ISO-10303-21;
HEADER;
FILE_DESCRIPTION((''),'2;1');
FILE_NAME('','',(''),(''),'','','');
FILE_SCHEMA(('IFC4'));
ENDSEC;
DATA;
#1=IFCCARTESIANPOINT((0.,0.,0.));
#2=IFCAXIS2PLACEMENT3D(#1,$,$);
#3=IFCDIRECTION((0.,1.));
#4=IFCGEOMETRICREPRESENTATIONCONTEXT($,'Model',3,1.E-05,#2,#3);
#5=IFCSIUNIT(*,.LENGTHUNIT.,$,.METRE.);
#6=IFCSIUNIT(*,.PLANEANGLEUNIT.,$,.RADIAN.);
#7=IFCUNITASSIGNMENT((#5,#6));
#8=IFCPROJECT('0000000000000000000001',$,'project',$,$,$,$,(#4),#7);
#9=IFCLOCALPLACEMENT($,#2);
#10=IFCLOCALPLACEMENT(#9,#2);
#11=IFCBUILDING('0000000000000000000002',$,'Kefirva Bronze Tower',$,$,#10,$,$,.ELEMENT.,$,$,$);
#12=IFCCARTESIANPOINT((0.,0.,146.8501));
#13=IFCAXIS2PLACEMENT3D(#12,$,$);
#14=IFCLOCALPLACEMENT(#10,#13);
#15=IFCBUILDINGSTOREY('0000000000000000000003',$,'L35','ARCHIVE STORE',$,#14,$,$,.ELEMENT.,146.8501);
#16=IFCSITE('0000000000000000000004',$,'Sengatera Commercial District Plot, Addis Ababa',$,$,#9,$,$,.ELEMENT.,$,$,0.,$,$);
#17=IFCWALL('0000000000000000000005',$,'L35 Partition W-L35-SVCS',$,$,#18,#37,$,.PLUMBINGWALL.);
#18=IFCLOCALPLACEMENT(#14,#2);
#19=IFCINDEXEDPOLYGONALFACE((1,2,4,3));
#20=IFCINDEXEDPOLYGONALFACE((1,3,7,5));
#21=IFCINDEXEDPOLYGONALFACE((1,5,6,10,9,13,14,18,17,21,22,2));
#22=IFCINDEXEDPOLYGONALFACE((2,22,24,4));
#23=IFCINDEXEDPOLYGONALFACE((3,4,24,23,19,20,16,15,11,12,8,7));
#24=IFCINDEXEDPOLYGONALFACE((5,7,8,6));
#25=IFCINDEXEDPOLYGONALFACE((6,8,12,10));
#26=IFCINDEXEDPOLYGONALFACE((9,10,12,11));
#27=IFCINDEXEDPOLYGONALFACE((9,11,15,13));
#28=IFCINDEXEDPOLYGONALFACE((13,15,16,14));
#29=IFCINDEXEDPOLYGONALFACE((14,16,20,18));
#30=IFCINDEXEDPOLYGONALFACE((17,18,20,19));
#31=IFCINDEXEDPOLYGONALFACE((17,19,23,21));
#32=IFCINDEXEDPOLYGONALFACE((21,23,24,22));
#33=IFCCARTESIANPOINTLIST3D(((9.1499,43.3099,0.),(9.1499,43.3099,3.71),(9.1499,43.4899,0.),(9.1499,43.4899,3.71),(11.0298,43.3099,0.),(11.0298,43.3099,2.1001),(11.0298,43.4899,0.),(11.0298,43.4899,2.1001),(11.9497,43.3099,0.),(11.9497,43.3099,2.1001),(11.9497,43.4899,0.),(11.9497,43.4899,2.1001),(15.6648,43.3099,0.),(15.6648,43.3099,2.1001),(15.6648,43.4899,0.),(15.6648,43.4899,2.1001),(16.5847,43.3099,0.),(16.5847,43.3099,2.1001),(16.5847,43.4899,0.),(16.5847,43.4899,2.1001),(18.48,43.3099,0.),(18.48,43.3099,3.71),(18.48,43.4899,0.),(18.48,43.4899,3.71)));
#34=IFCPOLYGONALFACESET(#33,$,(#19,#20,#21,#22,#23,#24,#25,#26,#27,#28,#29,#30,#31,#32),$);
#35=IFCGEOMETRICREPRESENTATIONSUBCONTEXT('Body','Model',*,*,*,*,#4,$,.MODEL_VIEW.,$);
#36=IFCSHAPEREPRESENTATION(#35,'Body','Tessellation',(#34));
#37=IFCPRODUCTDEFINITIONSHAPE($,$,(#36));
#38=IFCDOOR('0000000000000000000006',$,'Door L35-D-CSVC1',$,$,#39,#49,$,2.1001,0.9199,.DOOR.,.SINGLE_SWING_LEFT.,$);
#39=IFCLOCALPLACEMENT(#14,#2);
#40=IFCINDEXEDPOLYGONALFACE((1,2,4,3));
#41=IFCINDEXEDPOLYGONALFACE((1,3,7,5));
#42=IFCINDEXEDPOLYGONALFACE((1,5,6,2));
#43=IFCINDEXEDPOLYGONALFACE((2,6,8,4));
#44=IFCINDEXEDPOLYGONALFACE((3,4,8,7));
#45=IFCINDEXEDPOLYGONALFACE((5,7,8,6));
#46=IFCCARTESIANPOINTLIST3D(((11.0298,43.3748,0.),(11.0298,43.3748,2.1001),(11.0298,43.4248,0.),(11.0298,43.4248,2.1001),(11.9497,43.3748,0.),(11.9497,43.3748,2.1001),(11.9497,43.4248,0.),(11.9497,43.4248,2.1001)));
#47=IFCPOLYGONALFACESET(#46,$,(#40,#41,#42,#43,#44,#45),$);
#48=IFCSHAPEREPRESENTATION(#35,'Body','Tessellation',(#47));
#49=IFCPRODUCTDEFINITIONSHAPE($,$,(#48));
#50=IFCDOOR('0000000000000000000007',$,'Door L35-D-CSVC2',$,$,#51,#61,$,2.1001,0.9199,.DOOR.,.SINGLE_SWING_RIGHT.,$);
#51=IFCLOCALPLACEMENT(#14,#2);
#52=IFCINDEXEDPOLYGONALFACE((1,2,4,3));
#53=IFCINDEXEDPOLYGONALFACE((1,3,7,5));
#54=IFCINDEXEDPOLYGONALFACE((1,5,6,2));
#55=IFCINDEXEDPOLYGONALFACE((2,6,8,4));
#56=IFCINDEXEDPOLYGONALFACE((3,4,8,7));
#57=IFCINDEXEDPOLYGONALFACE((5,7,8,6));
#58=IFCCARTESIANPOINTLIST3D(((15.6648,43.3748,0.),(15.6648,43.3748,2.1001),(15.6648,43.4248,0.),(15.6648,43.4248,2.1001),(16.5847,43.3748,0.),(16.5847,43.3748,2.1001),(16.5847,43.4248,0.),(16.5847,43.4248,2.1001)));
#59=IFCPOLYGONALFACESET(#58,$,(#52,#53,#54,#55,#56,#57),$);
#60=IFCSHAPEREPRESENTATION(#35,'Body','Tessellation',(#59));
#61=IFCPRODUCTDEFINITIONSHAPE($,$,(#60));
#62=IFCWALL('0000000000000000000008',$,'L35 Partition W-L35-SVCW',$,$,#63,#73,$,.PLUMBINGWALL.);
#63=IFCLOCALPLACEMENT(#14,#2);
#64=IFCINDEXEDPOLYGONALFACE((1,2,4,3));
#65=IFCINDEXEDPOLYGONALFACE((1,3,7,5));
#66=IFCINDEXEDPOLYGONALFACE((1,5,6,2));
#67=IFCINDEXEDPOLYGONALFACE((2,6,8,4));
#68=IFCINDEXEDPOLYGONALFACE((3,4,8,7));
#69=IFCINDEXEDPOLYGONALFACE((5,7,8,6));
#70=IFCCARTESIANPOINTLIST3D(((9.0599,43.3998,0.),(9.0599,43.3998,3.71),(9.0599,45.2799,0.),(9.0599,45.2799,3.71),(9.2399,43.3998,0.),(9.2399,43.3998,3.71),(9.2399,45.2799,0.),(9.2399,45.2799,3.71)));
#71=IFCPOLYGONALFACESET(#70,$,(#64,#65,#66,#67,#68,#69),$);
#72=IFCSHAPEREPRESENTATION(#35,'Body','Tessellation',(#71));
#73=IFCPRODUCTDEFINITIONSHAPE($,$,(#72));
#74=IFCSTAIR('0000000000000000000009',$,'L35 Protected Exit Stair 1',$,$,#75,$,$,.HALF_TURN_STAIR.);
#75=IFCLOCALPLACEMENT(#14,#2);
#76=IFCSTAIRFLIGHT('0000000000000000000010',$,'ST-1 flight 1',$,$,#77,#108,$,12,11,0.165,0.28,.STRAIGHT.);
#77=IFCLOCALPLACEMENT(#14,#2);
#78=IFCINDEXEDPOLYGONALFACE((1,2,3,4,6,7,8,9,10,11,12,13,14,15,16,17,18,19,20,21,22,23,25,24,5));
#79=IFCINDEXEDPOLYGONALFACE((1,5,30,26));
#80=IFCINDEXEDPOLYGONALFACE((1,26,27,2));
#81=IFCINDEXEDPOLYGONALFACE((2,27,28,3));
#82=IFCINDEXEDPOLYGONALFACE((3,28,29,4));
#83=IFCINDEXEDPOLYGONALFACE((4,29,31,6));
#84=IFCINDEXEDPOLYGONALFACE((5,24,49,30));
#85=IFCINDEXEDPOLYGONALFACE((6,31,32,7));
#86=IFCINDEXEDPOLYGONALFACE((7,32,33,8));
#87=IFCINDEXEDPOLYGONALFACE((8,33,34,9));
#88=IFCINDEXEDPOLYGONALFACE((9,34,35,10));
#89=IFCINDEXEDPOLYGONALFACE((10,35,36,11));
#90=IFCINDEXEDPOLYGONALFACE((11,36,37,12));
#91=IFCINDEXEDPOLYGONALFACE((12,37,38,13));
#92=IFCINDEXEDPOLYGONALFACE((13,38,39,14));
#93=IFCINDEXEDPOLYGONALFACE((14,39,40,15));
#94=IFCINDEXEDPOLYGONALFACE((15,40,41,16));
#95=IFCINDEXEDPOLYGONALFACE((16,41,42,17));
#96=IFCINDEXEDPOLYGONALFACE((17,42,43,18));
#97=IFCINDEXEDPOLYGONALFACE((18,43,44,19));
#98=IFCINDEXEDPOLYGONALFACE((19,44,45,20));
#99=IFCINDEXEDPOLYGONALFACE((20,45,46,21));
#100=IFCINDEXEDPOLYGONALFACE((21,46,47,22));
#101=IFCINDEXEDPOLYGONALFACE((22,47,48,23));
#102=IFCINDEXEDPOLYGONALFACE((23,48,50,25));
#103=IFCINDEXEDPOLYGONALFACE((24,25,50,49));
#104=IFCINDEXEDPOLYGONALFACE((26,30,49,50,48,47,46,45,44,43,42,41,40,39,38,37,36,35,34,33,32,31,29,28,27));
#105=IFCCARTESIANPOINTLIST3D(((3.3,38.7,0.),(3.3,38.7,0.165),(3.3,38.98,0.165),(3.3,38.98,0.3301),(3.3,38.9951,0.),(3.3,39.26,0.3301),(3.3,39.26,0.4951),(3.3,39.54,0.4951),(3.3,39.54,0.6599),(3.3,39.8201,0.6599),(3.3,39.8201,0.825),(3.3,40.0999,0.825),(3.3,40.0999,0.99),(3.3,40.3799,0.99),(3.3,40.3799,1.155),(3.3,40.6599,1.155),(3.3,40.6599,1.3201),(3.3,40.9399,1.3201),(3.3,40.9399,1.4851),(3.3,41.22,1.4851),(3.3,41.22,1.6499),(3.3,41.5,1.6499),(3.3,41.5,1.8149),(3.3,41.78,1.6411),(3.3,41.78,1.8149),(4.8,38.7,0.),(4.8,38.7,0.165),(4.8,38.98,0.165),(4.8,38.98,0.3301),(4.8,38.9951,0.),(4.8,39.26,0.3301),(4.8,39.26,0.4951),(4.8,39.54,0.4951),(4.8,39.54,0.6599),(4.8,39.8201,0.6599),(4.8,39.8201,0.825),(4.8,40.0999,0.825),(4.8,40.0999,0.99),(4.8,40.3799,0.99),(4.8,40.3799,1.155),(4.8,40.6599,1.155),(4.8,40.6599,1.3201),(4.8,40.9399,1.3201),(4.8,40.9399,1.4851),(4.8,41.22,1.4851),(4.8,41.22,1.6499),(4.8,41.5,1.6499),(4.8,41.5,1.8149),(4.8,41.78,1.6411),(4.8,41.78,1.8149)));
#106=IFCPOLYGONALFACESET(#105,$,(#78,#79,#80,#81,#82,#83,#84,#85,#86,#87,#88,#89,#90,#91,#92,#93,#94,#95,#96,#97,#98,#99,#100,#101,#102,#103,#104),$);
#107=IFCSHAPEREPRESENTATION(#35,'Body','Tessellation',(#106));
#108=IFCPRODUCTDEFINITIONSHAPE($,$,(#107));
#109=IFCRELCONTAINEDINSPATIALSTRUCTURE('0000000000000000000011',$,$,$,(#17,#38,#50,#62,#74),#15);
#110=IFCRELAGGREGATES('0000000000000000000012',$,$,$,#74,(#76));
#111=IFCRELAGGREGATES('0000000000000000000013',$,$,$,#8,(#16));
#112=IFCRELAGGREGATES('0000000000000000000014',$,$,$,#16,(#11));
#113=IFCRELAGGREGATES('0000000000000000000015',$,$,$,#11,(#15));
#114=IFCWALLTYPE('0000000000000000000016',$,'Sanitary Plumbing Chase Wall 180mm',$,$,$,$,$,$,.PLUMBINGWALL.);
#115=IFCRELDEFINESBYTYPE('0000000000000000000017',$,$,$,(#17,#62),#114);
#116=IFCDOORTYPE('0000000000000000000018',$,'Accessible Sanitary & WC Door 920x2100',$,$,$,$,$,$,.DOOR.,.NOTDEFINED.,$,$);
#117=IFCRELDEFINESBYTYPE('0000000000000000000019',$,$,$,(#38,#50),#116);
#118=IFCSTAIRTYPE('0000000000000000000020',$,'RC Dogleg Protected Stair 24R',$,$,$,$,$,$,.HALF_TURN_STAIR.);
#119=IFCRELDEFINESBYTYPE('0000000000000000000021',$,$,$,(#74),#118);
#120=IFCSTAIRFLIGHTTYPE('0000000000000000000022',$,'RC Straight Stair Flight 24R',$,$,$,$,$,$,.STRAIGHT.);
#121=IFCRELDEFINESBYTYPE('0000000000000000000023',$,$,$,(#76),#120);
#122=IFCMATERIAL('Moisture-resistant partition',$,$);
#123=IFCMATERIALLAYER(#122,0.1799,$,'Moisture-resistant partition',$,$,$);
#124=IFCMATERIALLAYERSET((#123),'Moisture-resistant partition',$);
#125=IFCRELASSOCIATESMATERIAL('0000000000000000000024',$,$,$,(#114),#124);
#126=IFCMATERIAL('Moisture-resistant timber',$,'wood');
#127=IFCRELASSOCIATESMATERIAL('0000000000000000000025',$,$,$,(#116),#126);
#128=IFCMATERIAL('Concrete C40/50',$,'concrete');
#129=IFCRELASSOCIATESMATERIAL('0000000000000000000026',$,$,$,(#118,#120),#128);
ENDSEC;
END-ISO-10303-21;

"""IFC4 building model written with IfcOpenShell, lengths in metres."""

from ifc_helpers import new_model, si_unit, direction, frame, frame_2d, origin, place, context, subcontext, project, spatial, polyline, rectangle, outline, extrude, material, layer, layer_set, type_object, element, fill, aggregate, save


model = new_model("IFC4")

# Units and contexts
model_context = context("Model", 3, precision=1e-05, world=origin(), true_north=direction((0.0, 1.0)))
body_context = subcontext(model_context, "Body", "Model", "MODEL_VIEW")
ifc_project = project(units=[si_unit("LENGTHUNIT", "METRE"), si_unit("PLANEANGLEUNIT", "RADIAN")], contexts=[model_context])

# Site, building, storey
site_placement = place(None, origin())
site = spatial("IfcSite", under=ifc_project, at=site_placement, Name="Sengatera Commercial District Plot, Addis Ababa", CompositionType="ELEMENT", RefElevation=0.0)
building_placement = place(site_placement, origin())
building = spatial("IfcBuilding", under=site, at=building_placement, Name="Kefirva Bronze Tower", CompositionType="ELEMENT")
storey_placement = place(building_placement, frame((0.0, 0.0, 146.8501)))
storey = spatial("IfcBuildingStorey", under=building, at=storey_placement, Name="L35", Description="ARCHIVE STORE", CompositionType="ELEMENT", Elevation=146.8501)

# Wall, openings, doors
ifc_material_1 = material(Name="Moisture-resistant partition")
ifc_layer_1 = layer(ifc_material_1, 0.1799, Name="Moisture-resistant partition")
ifc_layer_set_1 = layer_set([ifc_layer_1], Name="Moisture-resistant partition")
wall_type_1 = type_object("IfcWallType", Name="Sanitary Plumbing Chase Wall 180mm", PredefinedType="PLUMBINGWALL", material=ifc_layer_set_1)
wall_1_placement = place(storey_placement, frame((9.1499, 43.3999, 0.0), z_axis=(0.0, 0.0, 1.0), x_axis=(1.0, 0.0, 0.0)))
wall_1 = element("IfcWall", 1, at=wall_1_placement, inside=storey, type_object=wall_type_1, Name="L35 Partition W-L35-SVCS", PredefinedType="PLUMBINGWALL", context=body_context, shape_type="SweptSolid", body=[
    extrude(rectangle(XDim=9.3301, YDim=0.1799, at=frame_2d((4.665, 0.0))), origin(), (0.0, 0.0, 1.0), 3.71),
])
opening_1_placement = place(wall_1_placement, frame((1.8799, 0.0, 0.0)))
opening_1 = element("IfcOpeningElement", 2, at=opening_1_placement, cuts=wall_1, PredefinedType="OPENING", context=body_context, shape_type="SweptSolid", body=[
    extrude(rectangle(XDim=0.9199, YDim=2.1001, at=frame_2d((0.46, 1.05))), frame((0.0, 0.1001, 0.0), z_axis=(0.0, -1.0, 0.0), x_axis=(1.0, 0.0, 0.0)), (0.0, 0.0, 1.0), 0.2),
])
opening_2_placement = place(wall_1_placement, frame((6.5149, 0.0, 0.0)))
opening_2 = element("IfcOpeningElement", 3, at=opening_2_placement, cuts=wall_1, PredefinedType="OPENING", context=body_context, shape_type="SweptSolid", body=[
    extrude(rectangle(XDim=0.9199, YDim=2.1001, at=frame_2d((0.46, 1.05))), frame((0.0, 0.1001, 0.0), z_axis=(0.0, -1.0, 0.0), x_axis=(1.0, 0.0, 0.0)), (0.0, 0.0, 1.0), 0.2),
])
ifc_material_2 = material(Name="Moisture-resistant timber", Category="wood")
door_type_1 = type_object("IfcDoorType", Name="Accessible Sanitary & WC Door 920x2100", OperationType="NOTDEFINED", PredefinedType="DOOR", material=ifc_material_2)
door_1_placement = place(opening_1_placement, origin())
door_1 = element("IfcDoor", 4, at=door_1_placement, inside=storey, type_object=door_type_1, Name="Door L35-D-CSVC1", OperationType="SINGLE_SWING_LEFT", OverallHeight=2.1001, OverallWidth=0.9199, PredefinedType="DOOR", context=body_context, shape_type="SweptSolid", body=[
    extrude(rectangle(XDim=0.9199, YDim=2.1001, at=frame_2d((0.46, 1.05))), frame((0.0, 0.0249, 0.0), z_axis=(0.0, -1.0, 0.0), x_axis=(1.0, 0.0, 0.0)), (0.0, 0.0, 1.0), 0.05),
])
fill(opening_1, door_1)
door_2_placement = place(opening_2_placement, origin())
door_2 = element("IfcDoor", 5, at=door_2_placement, inside=storey, type_object=door_type_1, Name="Door L35-D-CSVC2", OperationType="SINGLE_SWING_RIGHT", OverallHeight=2.1001, OverallWidth=0.9199, PredefinedType="DOOR", context=body_context, shape_type="SweptSolid", body=[
    extrude(rectangle(XDim=0.9199, YDim=2.1001, at=frame_2d((0.46, 1.05))), frame((0.0, 0.0249, 0.0), z_axis=(0.0, -1.0, 0.0), x_axis=(1.0, 0.0, 0.0)), (0.0, 0.0, 1.0), 0.05),
])
fill(opening_2, door_2)

# Wall
wall_2_placement = place(storey_placement, frame((9.1499, 43.3999, 0.0), z_axis=(0.0, 0.0, 1.0), x_axis=(0.0, 1.0, 0.0)))
element("IfcWall", 6, at=wall_2_placement, inside=storey, type_object=wall_type_1, Name="L35 Partition W-L35-SVCW", PredefinedType="PLUMBINGWALL", context=body_context, shape_type="SweptSolid", body=[
    extrude(rectangle(XDim=1.8801, YDim=0.1799, at=frame_2d((0.9399, 0.0))), origin(), (0.0, 0.0, 1.0), 3.71),
])

# Stair, stair flight
ifc_material_3 = material(Name="Concrete C40/50", Category="concrete")
stair_type = type_object("IfcStairType", Name="RC Dogleg Protected Stair 24R", PredefinedType="HALF_TURN_STAIR", material=ifc_material_3)
stair_placement = place(storey_placement, origin())
stair = element("IfcStair", 7, at=stair_placement, inside=storey, type_object=stair_type, Name="L35 Protected Exit Stair 1", PredefinedType="HALF_TURN_STAIR")
stair_flight_type = type_object("IfcStairFlightType", Name="RC Straight Stair Flight 24R", PredefinedType="STRAIGHT", material=ifc_material_3)
stair_flight_placement = place(storey_placement, frame((4.05, 38.7, 0.0), z_axis=(0.0, 0.0, 1.0), x_axis=(0.0, 1.0, 0.0)))
stair_flight = element("IfcStairFlight", 8, at=stair_flight_placement, type_object=stair_flight_type, Name="ST-1 flight 1", NumberOfRisers=12, NumberOfTreads=11, PredefinedType="STRAIGHT", RiserHeight=0.165, TreadLength=0.28, context=body_context, shape_type="SweptSolid", body=[
    extrude(outline(polyline([(0.0, 0.0), (0.0, 0.165), (0.28, 0.165), (0.28, 0.3301), (0.5601, 0.3301), (0.5601, 0.4951), (0.8401, 0.4951), (0.8401, 0.6599), (1.1201, 0.6599), (1.1201, 0.825), (1.3999, 0.825), (1.3999, 0.99), (1.6799, 0.99), (1.6799, 1.155), (1.96, 1.155), (1.96, 1.3201), (2.24, 1.3201), (2.24, 1.4851), (2.52, 1.4851), (2.52, 1.6499), (2.8, 1.6499), (2.8, 1.8149), (3.0801, 1.8149), (3.0801, 1.98), (3.0801, 1.6411), (0.2952, 0.0), (0.0, 0.0)])), frame((0.0, 0.75, 0.0), z_axis=(0.0, -1.0, 0.0), x_axis=(1.0, 0.0, 0.0)), (0.0, 0.0, 1.0), 1.5),
])
aggregate(stair, [stair_flight])

save(model, "model.ifc")
